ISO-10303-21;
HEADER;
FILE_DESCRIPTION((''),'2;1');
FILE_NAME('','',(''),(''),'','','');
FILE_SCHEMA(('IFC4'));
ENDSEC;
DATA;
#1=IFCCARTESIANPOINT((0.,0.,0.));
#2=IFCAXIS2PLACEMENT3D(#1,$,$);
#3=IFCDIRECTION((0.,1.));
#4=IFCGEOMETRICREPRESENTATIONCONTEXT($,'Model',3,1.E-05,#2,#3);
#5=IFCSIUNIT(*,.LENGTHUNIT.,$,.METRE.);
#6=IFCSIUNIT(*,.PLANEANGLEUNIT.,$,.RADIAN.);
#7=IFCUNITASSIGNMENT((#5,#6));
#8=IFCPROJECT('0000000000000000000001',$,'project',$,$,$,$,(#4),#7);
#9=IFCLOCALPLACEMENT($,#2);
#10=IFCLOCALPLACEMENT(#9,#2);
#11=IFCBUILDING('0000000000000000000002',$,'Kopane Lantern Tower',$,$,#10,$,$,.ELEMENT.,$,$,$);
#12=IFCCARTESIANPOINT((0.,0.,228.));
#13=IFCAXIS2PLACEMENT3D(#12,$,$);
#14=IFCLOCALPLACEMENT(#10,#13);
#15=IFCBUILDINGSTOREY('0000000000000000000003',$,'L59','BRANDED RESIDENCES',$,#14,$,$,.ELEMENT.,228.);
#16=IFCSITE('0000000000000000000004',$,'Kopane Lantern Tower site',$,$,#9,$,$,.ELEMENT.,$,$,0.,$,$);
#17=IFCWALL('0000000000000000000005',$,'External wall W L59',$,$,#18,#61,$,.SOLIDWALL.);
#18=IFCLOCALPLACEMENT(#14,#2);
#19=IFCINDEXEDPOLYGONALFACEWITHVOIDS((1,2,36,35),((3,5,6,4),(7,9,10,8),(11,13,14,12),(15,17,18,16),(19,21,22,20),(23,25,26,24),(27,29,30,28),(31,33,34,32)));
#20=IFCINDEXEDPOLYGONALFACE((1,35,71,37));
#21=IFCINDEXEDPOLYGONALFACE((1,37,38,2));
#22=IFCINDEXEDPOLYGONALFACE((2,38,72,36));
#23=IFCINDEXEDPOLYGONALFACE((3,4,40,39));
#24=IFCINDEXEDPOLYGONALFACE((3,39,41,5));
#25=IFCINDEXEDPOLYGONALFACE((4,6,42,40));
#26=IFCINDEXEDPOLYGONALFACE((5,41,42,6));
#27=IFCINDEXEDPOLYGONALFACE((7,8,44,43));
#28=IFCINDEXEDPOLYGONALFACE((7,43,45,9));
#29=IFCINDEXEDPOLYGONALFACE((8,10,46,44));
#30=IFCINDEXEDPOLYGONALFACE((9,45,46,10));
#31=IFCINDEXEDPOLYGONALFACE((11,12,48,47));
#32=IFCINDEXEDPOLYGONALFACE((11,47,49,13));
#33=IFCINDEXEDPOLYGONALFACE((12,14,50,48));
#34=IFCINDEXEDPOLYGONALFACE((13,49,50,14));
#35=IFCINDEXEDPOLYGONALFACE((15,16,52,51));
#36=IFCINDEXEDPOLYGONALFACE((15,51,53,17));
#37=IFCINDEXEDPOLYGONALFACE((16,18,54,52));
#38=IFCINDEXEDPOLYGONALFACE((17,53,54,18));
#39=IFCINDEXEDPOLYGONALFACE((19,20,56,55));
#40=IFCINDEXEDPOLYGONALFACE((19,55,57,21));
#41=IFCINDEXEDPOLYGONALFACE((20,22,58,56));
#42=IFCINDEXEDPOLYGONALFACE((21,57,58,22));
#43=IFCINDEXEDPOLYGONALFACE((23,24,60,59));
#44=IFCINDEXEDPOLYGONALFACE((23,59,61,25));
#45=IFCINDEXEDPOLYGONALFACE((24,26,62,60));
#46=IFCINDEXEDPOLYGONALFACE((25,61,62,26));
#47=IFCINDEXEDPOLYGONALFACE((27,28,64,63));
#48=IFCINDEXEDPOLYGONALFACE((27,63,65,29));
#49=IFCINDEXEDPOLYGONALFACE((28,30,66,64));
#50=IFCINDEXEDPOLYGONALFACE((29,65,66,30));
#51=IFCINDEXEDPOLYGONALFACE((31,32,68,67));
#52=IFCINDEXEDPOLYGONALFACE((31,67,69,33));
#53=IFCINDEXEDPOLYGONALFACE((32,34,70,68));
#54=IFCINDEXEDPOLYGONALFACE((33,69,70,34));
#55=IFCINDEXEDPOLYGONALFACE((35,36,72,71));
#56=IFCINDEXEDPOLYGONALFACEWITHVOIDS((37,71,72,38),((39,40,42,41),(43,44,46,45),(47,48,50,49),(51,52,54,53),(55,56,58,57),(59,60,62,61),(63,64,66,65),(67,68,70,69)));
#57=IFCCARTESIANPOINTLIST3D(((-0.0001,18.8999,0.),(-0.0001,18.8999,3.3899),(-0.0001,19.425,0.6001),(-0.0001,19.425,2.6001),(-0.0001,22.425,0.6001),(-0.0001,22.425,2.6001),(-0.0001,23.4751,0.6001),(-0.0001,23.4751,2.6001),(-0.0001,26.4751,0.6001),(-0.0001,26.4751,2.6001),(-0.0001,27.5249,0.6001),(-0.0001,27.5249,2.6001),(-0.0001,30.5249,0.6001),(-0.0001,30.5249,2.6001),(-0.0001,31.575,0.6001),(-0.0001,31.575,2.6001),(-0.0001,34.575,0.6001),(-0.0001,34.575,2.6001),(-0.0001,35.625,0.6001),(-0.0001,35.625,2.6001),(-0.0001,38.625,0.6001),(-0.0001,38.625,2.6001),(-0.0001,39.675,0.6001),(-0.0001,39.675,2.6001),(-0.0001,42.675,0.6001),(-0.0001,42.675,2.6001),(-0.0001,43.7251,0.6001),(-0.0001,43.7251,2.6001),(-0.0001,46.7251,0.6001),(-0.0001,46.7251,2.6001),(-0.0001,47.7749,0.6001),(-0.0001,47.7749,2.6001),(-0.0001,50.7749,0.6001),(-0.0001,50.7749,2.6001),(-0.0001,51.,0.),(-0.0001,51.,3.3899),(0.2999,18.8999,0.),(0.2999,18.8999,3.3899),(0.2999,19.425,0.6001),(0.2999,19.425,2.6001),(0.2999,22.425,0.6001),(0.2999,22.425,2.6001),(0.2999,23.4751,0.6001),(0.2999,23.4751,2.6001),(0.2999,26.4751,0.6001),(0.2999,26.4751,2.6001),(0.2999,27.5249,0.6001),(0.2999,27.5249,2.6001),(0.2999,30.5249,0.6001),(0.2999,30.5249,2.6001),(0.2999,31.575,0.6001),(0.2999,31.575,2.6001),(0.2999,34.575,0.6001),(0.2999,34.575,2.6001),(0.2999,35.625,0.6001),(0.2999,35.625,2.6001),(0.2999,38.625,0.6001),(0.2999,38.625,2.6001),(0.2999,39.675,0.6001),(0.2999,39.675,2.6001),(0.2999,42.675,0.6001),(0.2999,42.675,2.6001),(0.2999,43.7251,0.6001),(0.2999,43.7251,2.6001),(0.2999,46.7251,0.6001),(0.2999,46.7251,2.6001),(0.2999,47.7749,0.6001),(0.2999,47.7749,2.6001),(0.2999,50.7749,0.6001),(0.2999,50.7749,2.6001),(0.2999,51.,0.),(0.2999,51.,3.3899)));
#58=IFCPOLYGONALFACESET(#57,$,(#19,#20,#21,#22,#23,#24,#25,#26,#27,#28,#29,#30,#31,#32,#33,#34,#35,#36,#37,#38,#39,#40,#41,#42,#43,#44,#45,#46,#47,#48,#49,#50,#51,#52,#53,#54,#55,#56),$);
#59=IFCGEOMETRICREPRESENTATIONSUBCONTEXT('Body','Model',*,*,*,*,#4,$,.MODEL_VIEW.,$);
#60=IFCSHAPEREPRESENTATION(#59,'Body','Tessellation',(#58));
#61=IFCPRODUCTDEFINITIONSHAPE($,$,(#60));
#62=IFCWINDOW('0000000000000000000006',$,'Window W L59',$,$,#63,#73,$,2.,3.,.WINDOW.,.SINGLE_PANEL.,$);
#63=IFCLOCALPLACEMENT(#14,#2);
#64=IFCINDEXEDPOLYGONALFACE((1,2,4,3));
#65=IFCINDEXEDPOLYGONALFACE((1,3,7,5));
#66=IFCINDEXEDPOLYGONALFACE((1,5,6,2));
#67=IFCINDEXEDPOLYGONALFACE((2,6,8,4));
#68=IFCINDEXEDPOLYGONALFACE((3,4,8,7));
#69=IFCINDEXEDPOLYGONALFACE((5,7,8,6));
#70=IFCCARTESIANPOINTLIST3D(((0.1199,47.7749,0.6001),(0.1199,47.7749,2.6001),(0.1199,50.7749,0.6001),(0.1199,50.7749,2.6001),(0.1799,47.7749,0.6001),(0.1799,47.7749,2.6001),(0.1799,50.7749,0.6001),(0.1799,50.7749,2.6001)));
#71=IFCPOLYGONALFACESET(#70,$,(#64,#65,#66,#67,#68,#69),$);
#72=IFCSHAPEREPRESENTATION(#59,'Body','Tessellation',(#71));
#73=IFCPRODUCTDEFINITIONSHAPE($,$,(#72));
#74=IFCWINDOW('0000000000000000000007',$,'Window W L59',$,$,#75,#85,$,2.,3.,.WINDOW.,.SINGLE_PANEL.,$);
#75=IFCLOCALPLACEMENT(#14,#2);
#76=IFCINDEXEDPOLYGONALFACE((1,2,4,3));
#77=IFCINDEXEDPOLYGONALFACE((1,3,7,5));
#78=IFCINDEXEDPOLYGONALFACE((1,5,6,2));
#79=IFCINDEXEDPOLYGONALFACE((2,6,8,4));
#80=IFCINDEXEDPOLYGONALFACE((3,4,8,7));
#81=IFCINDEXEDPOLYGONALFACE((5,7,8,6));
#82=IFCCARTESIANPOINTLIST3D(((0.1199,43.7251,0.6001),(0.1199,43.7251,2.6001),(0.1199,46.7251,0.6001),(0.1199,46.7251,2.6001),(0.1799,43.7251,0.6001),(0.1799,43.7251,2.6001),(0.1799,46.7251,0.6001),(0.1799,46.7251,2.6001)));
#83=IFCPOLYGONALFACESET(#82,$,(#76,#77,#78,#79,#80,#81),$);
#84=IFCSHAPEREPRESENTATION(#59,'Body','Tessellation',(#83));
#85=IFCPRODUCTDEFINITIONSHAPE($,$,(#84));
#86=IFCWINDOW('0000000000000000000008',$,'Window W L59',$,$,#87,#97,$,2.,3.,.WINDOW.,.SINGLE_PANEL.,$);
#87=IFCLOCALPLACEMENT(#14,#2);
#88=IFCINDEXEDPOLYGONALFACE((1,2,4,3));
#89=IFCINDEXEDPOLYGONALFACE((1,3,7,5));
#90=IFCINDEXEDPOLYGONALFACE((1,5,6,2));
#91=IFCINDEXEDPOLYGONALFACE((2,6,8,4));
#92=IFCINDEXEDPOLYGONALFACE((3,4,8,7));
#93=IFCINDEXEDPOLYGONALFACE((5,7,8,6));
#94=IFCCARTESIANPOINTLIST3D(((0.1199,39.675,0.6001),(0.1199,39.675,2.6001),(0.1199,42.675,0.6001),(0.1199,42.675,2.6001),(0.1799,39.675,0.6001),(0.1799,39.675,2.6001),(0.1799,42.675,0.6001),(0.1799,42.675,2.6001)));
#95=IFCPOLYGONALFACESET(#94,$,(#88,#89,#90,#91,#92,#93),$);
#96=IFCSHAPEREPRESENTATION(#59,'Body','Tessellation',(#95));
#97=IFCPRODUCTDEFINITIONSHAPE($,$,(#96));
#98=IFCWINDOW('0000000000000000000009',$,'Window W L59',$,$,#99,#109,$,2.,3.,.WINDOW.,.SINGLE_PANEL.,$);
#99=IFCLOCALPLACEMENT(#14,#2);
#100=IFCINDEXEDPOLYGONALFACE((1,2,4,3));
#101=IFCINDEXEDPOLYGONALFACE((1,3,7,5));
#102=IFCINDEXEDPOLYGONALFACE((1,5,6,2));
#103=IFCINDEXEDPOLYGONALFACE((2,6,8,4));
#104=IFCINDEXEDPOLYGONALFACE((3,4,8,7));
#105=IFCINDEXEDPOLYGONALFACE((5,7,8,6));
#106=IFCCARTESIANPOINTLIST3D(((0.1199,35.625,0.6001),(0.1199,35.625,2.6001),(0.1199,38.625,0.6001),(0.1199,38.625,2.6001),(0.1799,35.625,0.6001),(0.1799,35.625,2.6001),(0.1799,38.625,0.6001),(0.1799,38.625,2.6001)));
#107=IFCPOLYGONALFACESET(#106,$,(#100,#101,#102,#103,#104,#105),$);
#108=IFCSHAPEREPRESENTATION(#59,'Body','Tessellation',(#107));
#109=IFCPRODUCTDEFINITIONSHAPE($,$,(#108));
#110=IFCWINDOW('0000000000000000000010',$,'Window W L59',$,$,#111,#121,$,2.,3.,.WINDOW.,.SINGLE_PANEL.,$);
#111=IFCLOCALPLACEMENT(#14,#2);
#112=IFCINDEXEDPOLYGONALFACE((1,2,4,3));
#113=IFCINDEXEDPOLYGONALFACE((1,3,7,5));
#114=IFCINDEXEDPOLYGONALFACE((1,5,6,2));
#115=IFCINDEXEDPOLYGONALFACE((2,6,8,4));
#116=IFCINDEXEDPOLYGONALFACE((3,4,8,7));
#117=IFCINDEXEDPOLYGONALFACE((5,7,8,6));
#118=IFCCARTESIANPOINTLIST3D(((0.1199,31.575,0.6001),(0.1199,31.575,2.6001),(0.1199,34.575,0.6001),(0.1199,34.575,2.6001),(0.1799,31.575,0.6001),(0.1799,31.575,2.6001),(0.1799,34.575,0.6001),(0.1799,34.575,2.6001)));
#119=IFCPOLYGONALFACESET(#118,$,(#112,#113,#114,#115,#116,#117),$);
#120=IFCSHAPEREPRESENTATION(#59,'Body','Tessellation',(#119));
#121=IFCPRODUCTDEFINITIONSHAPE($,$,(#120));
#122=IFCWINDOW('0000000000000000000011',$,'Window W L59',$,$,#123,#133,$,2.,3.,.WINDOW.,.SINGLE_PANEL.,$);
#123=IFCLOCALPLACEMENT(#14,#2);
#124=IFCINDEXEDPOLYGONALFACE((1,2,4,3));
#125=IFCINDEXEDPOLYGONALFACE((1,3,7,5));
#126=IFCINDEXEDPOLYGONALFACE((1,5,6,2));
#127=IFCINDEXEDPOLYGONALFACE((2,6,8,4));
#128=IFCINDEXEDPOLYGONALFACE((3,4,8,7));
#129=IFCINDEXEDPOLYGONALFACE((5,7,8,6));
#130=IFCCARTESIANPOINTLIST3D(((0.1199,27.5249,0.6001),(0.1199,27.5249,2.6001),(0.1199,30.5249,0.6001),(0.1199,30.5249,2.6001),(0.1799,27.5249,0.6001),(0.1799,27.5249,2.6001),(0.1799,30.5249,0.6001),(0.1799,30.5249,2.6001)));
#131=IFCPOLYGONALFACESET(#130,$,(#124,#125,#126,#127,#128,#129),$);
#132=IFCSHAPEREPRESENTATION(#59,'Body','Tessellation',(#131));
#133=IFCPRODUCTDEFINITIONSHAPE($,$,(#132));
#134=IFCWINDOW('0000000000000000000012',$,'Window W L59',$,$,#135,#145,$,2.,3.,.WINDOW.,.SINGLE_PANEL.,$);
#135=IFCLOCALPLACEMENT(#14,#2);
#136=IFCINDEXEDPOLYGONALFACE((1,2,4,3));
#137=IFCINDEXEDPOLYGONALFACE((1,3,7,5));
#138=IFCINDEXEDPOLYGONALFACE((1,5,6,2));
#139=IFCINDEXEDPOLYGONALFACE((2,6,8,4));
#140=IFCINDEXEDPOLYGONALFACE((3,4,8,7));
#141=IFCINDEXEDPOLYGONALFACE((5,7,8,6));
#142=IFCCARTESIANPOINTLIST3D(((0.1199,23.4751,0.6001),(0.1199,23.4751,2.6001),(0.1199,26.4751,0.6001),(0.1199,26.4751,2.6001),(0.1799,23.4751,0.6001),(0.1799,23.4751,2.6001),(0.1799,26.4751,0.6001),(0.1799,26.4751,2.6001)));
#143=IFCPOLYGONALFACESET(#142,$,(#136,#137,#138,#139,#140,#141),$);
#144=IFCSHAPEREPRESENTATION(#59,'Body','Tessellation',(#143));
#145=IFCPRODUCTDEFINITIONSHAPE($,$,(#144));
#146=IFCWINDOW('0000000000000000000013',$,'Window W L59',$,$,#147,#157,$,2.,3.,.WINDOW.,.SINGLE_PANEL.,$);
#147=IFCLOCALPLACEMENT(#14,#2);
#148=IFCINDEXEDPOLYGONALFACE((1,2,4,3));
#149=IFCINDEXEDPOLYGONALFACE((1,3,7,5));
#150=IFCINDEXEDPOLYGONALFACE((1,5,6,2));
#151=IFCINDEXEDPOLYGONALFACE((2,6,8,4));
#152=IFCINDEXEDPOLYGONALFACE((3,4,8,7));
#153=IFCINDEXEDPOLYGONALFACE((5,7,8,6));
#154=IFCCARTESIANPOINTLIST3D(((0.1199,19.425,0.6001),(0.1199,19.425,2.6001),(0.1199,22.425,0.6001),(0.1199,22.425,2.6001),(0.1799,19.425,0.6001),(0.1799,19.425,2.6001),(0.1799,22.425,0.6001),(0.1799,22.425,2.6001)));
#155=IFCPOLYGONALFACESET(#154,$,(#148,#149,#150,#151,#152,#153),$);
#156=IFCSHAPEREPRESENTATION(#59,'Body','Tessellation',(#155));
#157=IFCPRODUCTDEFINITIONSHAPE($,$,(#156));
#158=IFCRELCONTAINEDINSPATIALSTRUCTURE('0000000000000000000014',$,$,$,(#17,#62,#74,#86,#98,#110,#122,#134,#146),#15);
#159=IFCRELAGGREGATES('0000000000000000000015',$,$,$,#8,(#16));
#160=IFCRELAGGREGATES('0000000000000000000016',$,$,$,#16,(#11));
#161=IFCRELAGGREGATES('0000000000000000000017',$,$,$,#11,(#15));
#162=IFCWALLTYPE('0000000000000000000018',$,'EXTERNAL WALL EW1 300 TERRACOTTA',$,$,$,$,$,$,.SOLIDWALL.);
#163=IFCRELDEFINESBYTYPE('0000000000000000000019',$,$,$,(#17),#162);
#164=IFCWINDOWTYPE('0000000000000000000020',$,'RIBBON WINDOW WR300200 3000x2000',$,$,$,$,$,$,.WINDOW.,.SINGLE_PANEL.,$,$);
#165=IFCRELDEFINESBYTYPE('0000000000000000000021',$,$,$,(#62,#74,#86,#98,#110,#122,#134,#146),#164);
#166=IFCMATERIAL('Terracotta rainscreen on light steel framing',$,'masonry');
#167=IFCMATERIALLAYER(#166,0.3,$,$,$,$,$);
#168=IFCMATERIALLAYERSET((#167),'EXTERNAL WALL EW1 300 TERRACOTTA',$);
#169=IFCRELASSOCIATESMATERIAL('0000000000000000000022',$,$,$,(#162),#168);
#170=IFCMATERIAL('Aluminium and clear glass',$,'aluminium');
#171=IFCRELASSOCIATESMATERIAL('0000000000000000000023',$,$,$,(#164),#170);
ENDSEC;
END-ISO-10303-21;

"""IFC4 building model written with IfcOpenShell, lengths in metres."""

from ifc_helpers import new_model, si_unit, direction, frame, frame_2d, origin, place, context, subcontext, project, spatial, rectangle, extrude, material, layer, layer_set, type_object, element, fill, save


model = new_model("IFC4")

# Units and contexts
model_context = context("Model", 3, precision=1e-05, world=origin(), true_north=direction((0.0, 1.0)))
body_context = subcontext(model_context, "Body", "Model", "MODEL_VIEW")
ifc_project = project(units=[si_unit("LENGTHUNIT", "METRE"), si_unit("PLANEANGLEUNIT", "RADIAN")], contexts=[model_context])

# Site, building, storey
site_placement = place(None, origin())
site = spatial("IfcSite", under=ifc_project, at=site_placement, Name="Kopane Lantern Tower site", CompositionType="ELEMENT", RefElevation=0.0)
building_placement = place(site_placement, origin())
building = spatial("IfcBuilding", under=site, at=building_placement, Name="Kopane Lantern Tower", CompositionType="ELEMENT")
storey_placement = place(building_placement, frame((0.0, 0.0, 228.0)))
storey = spatial("IfcBuildingStorey", under=building, at=storey_placement, Name="L59", Description="BRANDED RESIDENCES", CompositionType="ELEMENT", Elevation=228.0)

# Shared definitions
ifc_material_1 = material(Name="Terracotta rainscreen on light steel framing", Category="masonry")
ifc_layer_1 = layer(ifc_material_1, 0.3)
ifc_layer_set_1 = layer_set([ifc_layer_1], Name="EXTERNAL WALL EW1 300 TERRACOTTA")
wall_type_1 = type_object("IfcWallType", Name="EXTERNAL WALL EW1 300 TERRACOTTA", PredefinedType="SOLIDWALL", material=ifc_layer_set_1)
ifc_material_2 = material(Name="Aluminium and clear glass", Category="aluminium")
window_type = type_object("IfcWindowType", Name="RIBBON WINDOW WR300200 3000x2000", PartitioningType="SINGLE_PANEL", PredefinedType="WINDOW", material=ifc_material_2)

# Wall, openings, windows
wall_1_placement = place(storey_placement, frame((0.1499, 51.0, 0.0), z_axis=(0.0, 0.0, 1.0), x_axis=(0.0, -1.0, 0.0)))
wall_1 = element("IfcWall", 1, at=wall_1_placement, inside=storey, type_object=wall_type_1, Name="External wall W L59", PredefinedType="SOLIDWALL", context=body_context, shape_type="SweptSolid", body=[
    extrude(rectangle(XDim=32.1001, YDim=0.3, at=frame_2d((16.05, 0.0))), origin(), (0.0, 0.0, 1.0), 3.3899),
])
opening_1_placement = place(wall_1_placement, frame((0.2251, 0.0, 0.6001)))
opening_1 = element("IfcOpeningElement", 2, at=opening_1_placement, cuts=wall_1, PredefinedType="OPENING", context=body_context, shape_type="SweptSolid", body=[
    extrude(rectangle(XDim=3.0, YDim=2.0, at=frame_2d((1.5, 1.0))), frame((0.0, 0.1599, 0.0), z_axis=(0.0, -1.0, 0.0), x_axis=(1.0, 0.0, 0.0)), (0.0, 0.0, 1.0), 0.3201),
])
opening_2_placement = place(wall_1_placement, frame((4.2749, 0.0, 0.6001)))
opening_2 = element("IfcOpeningElement", 3, at=opening_2_placement, cuts=wall_1, PredefinedType="OPENING", context=body_context, shape_type="SweptSolid", body=[
    extrude(rectangle(XDim=3.0, YDim=2.0, at=frame_2d((1.5, 1.0))), frame((0.0, 0.1599, 0.0), z_axis=(0.0, -1.0, 0.0), x_axis=(1.0, 0.0, 0.0)), (0.0, 0.0, 1.0), 0.3201),
])
opening_3_placement = place(wall_1_placement, frame((8.325, 0.0, 0.6001)))
opening_3 = element("IfcOpeningElement", 4, at=opening_3_placement, cuts=wall_1, PredefinedType="OPENING", context=body_context, shape_type="SweptSolid", body=[
    extrude(rectangle(XDim=3.0, YDim=2.0, at=frame_2d((1.5, 1.0))), frame((0.0, 0.1599, 0.0), z_axis=(0.0, -1.0, 0.0), x_axis=(1.0, 0.0, 0.0)), (0.0, 0.0, 1.0), 0.3201),
])
opening_4_placement = place(wall_1_placement, frame((12.375, 0.0, 0.6001)))
opening_4 = element("IfcOpeningElement", 5, at=opening_4_placement, cuts=wall_1, PredefinedType="OPENING", context=body_context, shape_type="SweptSolid", body=[
    extrude(rectangle(XDim=3.0, YDim=2.0, at=frame_2d((1.5, 1.0))), frame((0.0, 0.1599, 0.0), z_axis=(0.0, -1.0, 0.0), x_axis=(1.0, 0.0, 0.0)), (0.0, 0.0, 1.0), 0.3201),
])
opening_5_placement = place(wall_1_placement, frame((16.425, 0.0, 0.6001)))
opening_5 = element("IfcOpeningElement", 6, at=opening_5_placement, cuts=wall_1, PredefinedType="OPENING", context=body_context, shape_type="SweptSolid", body=[
    extrude(rectangle(XDim=3.0, YDim=2.0, at=frame_2d((1.5, 1.0))), frame((0.0, 0.1599, 0.0), z_axis=(0.0, -1.0, 0.0), x_axis=(1.0, 0.0, 0.0)), (0.0, 0.0, 1.0), 0.3201),
])
opening_6_placement = place(wall_1_placement, frame((20.4751, 0.0, 0.6001)))
opening_6 = element("IfcOpeningElement", 7, at=opening_6_placement, cuts=wall_1, PredefinedType="OPENING", context=body_context, shape_type="SweptSolid", body=[
    extrude(rectangle(XDim=3.0, YDim=2.0, at=frame_2d((1.5, 1.0))), frame((0.0, 0.1599, 0.0), z_axis=(0.0, -1.0, 0.0), x_axis=(1.0, 0.0, 0.0)), (0.0, 0.0, 1.0), 0.3201),
])
opening_7_placement = place(wall_1_placement, frame((24.5249, 0.0, 0.6001)))
opening_7 = element("IfcOpeningElement", 8, at=opening_7_placement, cuts=wall_1, PredefinedType="OPENING", context=body_context, shape_type="SweptSolid", body=[
    extrude(rectangle(XDim=3.0, YDim=2.0, at=frame_2d((1.5, 1.0))), frame((0.0, 0.1599, 0.0), z_axis=(0.0, -1.0, 0.0), x_axis=(1.0, 0.0, 0.0)), (0.0, 0.0, 1.0), 0.3201),
])
opening_8_placement = place(wall_1_placement, frame((28.575, 0.0, 0.6001)))
opening_8 = element("IfcOpeningElement", 9, at=opening_8_placement, cuts=wall_1, PredefinedType="OPENING", context=body_context, shape_type="SweptSolid", body=[
    extrude(rectangle(XDim=3.0, YDim=2.0, at=frame_2d((1.5, 1.0))), frame((0.0, 0.1599, 0.0), z_axis=(0.0, -1.0, 0.0), x_axis=(1.0, 0.0, 0.0)), (0.0, 0.0, 1.0), 0.3201),
])
window_1_placement = place(opening_1_placement, origin())
window_1 = element("IfcWindow", 10, at=window_1_placement, inside=storey, type_object=window_type, Name="Window W L59", OverallHeight=2.0, OverallWidth=3.0, PartitioningType="SINGLE_PANEL", PredefinedType="WINDOW", context=body_context, shape_type="SweptSolid", body=[
    extrude(rectangle(XDim=3.0, YDim=2.0, at=frame_2d((1.5, 1.0))), frame((0.0, 0.03, 0.0), z_axis=(0.0, -1.0, 0.0), x_axis=(1.0, 0.0, 0.0)), (0.0, 0.0, 1.0), 0.0601),
])
fill(opening_1, window_1)
window_2_placement = place(opening_2_placement, origin())
window_2 = element("IfcWindow", 11, at=window_2_placement, inside=storey, type_object=window_type, Name="Window W L59", OverallHeight=2.0, OverallWidth=3.0, PartitioningType="SINGLE_PANEL", PredefinedType="WINDOW", context=body_context, shape_type="SweptSolid", body=[
    extrude(rectangle(XDim=3.0, YDim=2.0, at=frame_2d((1.5, 1.0))), frame((0.0, 0.03, 0.0), z_axis=(0.0, -1.0, 0.0), x_axis=(1.0, 0.0, 0.0)), (0.0, 0.0, 1.0), 0.0601),
])
fill(opening_2, window_2)
window_3_placement = place(opening_3_placement, origin())
window_3 = element("IfcWindow", 12, at=window_3_placement, inside=storey, type_object=window_type, Name="Window W L59", OverallHeight=2.0, OverallWidth=3.0, PartitioningType="SINGLE_PANEL", PredefinedType="WINDOW", context=body_context, shape_type="SweptSolid", body=[
    extrude(rectangle(XDim=3.0, YDim=2.0, at=frame_2d((1.5, 1.0))), frame((0.0, 0.03, 0.0), z_axis=(0.0, -1.0, 0.0), x_axis=(1.0, 0.0, 0.0)), (0.0, 0.0, 1.0), 0.0601),
])
fill(opening_3, window_3)
window_4_placement = place(opening_4_placement, origin())
window_4 = element("IfcWindow", 13, at=window_4_placement, inside=storey, type_object=window_type, Name="Window W L59", OverallHeight=2.0, OverallWidth=3.0, PartitioningType="SINGLE_PANEL", PredefinedType="WINDOW", context=body_context, shape_type="SweptSolid", body=[
    extrude(rectangle(XDim=3.0, YDim=2.0, at=frame_2d((1.5, 1.0))), frame((0.0, 0.03, 0.0), z_axis=(0.0, -1.0, 0.0), x_axis=(1.0, 0.0, 0.0)), (0.0, 0.0, 1.0), 0.0601),
])
fill(opening_4, window_4)
window_5_placement = place(opening_5_placement, origin())
window_5 = element("IfcWindow", 14, at=window_5_placement, inside=storey, type_object=window_type, Name="Window W L59", OverallHeight=2.0, OverallWidth=3.0, PartitioningType="SINGLE_PANEL", PredefinedType="WINDOW", context=body_context, shape_type="SweptSolid", body=[
    extrude(rectangle(XDim=3.0, YDim=2.0, at=frame_2d((1.5, 1.0))), frame((0.0, 0.03, 0.0), z_axis=(0.0, -1.0, 0.0), x_axis=(1.0, 0.0, 0.0)), (0.0, 0.0, 1.0), 0.0601),
])
fill(opening_5, window_5)
window_6_placement = place(opening_6_placement, origin())
window_6 = element("IfcWindow", 15, at=window_6_placement, inside=storey, type_object=window_type, Name="Window W L59", OverallHeight=2.0, OverallWidth=3.0, PartitioningType="SINGLE_PANEL", PredefinedType="WINDOW", context=body_context, shape_type="SweptSolid", body=[
    extrude(rectangle(XDim=3.0, YDim=2.0, at=frame_2d((1.5, 1.0))), frame((0.0, 0.03, 0.0), z_axis=(0.0, -1.0, 0.0), x_axis=(1.0, 0.0, 0.0)), (0.0, 0.0, 1.0), 0.0601),
])
fill(opening_6, window_6)
window_7_placement = place(opening_7_placement, origin())
window_7 = element("IfcWindow", 16, at=window_7_placement, inside=storey, type_object=window_type, Name="Window W L59", OverallHeight=2.0, OverallWidth=3.0, PartitioningType="SINGLE_PANEL", PredefinedType="WINDOW", context=body_context, shape_type="SweptSolid", body=[
    extrude(rectangle(XDim=3.0, YDim=2.0, at=frame_2d((1.5, 1.0))), frame((0.0, 0.03, 0.0), z_axis=(0.0, -1.0, 0.0), x_axis=(1.0, 0.0, 0.0)), (0.0, 0.0, 1.0), 0.0601),
])
fill(opening_7, window_7)
window_8_placement = place(opening_8_placement, origin())
window_8 = element("IfcWindow", 17, at=window_8_placement, inside=storey, type_object=window_type, Name="Window W L59", OverallHeight=2.0, OverallWidth=3.0, PartitioningType="SINGLE_PANEL", PredefinedType="WINDOW", context=body_context, shape_type="SweptSolid", body=[
    extrude(rectangle(XDim=3.0, YDim=2.0, at=frame_2d((1.5, 1.0))), frame((0.0, 0.03, 0.0), z_axis=(0.0, -1.0, 0.0), x_axis=(1.0, 0.0, 0.0)), (0.0, 0.0, 1.0), 0.0601),
])
fill(opening_8, window_8)

save(model, "model.ifc")
